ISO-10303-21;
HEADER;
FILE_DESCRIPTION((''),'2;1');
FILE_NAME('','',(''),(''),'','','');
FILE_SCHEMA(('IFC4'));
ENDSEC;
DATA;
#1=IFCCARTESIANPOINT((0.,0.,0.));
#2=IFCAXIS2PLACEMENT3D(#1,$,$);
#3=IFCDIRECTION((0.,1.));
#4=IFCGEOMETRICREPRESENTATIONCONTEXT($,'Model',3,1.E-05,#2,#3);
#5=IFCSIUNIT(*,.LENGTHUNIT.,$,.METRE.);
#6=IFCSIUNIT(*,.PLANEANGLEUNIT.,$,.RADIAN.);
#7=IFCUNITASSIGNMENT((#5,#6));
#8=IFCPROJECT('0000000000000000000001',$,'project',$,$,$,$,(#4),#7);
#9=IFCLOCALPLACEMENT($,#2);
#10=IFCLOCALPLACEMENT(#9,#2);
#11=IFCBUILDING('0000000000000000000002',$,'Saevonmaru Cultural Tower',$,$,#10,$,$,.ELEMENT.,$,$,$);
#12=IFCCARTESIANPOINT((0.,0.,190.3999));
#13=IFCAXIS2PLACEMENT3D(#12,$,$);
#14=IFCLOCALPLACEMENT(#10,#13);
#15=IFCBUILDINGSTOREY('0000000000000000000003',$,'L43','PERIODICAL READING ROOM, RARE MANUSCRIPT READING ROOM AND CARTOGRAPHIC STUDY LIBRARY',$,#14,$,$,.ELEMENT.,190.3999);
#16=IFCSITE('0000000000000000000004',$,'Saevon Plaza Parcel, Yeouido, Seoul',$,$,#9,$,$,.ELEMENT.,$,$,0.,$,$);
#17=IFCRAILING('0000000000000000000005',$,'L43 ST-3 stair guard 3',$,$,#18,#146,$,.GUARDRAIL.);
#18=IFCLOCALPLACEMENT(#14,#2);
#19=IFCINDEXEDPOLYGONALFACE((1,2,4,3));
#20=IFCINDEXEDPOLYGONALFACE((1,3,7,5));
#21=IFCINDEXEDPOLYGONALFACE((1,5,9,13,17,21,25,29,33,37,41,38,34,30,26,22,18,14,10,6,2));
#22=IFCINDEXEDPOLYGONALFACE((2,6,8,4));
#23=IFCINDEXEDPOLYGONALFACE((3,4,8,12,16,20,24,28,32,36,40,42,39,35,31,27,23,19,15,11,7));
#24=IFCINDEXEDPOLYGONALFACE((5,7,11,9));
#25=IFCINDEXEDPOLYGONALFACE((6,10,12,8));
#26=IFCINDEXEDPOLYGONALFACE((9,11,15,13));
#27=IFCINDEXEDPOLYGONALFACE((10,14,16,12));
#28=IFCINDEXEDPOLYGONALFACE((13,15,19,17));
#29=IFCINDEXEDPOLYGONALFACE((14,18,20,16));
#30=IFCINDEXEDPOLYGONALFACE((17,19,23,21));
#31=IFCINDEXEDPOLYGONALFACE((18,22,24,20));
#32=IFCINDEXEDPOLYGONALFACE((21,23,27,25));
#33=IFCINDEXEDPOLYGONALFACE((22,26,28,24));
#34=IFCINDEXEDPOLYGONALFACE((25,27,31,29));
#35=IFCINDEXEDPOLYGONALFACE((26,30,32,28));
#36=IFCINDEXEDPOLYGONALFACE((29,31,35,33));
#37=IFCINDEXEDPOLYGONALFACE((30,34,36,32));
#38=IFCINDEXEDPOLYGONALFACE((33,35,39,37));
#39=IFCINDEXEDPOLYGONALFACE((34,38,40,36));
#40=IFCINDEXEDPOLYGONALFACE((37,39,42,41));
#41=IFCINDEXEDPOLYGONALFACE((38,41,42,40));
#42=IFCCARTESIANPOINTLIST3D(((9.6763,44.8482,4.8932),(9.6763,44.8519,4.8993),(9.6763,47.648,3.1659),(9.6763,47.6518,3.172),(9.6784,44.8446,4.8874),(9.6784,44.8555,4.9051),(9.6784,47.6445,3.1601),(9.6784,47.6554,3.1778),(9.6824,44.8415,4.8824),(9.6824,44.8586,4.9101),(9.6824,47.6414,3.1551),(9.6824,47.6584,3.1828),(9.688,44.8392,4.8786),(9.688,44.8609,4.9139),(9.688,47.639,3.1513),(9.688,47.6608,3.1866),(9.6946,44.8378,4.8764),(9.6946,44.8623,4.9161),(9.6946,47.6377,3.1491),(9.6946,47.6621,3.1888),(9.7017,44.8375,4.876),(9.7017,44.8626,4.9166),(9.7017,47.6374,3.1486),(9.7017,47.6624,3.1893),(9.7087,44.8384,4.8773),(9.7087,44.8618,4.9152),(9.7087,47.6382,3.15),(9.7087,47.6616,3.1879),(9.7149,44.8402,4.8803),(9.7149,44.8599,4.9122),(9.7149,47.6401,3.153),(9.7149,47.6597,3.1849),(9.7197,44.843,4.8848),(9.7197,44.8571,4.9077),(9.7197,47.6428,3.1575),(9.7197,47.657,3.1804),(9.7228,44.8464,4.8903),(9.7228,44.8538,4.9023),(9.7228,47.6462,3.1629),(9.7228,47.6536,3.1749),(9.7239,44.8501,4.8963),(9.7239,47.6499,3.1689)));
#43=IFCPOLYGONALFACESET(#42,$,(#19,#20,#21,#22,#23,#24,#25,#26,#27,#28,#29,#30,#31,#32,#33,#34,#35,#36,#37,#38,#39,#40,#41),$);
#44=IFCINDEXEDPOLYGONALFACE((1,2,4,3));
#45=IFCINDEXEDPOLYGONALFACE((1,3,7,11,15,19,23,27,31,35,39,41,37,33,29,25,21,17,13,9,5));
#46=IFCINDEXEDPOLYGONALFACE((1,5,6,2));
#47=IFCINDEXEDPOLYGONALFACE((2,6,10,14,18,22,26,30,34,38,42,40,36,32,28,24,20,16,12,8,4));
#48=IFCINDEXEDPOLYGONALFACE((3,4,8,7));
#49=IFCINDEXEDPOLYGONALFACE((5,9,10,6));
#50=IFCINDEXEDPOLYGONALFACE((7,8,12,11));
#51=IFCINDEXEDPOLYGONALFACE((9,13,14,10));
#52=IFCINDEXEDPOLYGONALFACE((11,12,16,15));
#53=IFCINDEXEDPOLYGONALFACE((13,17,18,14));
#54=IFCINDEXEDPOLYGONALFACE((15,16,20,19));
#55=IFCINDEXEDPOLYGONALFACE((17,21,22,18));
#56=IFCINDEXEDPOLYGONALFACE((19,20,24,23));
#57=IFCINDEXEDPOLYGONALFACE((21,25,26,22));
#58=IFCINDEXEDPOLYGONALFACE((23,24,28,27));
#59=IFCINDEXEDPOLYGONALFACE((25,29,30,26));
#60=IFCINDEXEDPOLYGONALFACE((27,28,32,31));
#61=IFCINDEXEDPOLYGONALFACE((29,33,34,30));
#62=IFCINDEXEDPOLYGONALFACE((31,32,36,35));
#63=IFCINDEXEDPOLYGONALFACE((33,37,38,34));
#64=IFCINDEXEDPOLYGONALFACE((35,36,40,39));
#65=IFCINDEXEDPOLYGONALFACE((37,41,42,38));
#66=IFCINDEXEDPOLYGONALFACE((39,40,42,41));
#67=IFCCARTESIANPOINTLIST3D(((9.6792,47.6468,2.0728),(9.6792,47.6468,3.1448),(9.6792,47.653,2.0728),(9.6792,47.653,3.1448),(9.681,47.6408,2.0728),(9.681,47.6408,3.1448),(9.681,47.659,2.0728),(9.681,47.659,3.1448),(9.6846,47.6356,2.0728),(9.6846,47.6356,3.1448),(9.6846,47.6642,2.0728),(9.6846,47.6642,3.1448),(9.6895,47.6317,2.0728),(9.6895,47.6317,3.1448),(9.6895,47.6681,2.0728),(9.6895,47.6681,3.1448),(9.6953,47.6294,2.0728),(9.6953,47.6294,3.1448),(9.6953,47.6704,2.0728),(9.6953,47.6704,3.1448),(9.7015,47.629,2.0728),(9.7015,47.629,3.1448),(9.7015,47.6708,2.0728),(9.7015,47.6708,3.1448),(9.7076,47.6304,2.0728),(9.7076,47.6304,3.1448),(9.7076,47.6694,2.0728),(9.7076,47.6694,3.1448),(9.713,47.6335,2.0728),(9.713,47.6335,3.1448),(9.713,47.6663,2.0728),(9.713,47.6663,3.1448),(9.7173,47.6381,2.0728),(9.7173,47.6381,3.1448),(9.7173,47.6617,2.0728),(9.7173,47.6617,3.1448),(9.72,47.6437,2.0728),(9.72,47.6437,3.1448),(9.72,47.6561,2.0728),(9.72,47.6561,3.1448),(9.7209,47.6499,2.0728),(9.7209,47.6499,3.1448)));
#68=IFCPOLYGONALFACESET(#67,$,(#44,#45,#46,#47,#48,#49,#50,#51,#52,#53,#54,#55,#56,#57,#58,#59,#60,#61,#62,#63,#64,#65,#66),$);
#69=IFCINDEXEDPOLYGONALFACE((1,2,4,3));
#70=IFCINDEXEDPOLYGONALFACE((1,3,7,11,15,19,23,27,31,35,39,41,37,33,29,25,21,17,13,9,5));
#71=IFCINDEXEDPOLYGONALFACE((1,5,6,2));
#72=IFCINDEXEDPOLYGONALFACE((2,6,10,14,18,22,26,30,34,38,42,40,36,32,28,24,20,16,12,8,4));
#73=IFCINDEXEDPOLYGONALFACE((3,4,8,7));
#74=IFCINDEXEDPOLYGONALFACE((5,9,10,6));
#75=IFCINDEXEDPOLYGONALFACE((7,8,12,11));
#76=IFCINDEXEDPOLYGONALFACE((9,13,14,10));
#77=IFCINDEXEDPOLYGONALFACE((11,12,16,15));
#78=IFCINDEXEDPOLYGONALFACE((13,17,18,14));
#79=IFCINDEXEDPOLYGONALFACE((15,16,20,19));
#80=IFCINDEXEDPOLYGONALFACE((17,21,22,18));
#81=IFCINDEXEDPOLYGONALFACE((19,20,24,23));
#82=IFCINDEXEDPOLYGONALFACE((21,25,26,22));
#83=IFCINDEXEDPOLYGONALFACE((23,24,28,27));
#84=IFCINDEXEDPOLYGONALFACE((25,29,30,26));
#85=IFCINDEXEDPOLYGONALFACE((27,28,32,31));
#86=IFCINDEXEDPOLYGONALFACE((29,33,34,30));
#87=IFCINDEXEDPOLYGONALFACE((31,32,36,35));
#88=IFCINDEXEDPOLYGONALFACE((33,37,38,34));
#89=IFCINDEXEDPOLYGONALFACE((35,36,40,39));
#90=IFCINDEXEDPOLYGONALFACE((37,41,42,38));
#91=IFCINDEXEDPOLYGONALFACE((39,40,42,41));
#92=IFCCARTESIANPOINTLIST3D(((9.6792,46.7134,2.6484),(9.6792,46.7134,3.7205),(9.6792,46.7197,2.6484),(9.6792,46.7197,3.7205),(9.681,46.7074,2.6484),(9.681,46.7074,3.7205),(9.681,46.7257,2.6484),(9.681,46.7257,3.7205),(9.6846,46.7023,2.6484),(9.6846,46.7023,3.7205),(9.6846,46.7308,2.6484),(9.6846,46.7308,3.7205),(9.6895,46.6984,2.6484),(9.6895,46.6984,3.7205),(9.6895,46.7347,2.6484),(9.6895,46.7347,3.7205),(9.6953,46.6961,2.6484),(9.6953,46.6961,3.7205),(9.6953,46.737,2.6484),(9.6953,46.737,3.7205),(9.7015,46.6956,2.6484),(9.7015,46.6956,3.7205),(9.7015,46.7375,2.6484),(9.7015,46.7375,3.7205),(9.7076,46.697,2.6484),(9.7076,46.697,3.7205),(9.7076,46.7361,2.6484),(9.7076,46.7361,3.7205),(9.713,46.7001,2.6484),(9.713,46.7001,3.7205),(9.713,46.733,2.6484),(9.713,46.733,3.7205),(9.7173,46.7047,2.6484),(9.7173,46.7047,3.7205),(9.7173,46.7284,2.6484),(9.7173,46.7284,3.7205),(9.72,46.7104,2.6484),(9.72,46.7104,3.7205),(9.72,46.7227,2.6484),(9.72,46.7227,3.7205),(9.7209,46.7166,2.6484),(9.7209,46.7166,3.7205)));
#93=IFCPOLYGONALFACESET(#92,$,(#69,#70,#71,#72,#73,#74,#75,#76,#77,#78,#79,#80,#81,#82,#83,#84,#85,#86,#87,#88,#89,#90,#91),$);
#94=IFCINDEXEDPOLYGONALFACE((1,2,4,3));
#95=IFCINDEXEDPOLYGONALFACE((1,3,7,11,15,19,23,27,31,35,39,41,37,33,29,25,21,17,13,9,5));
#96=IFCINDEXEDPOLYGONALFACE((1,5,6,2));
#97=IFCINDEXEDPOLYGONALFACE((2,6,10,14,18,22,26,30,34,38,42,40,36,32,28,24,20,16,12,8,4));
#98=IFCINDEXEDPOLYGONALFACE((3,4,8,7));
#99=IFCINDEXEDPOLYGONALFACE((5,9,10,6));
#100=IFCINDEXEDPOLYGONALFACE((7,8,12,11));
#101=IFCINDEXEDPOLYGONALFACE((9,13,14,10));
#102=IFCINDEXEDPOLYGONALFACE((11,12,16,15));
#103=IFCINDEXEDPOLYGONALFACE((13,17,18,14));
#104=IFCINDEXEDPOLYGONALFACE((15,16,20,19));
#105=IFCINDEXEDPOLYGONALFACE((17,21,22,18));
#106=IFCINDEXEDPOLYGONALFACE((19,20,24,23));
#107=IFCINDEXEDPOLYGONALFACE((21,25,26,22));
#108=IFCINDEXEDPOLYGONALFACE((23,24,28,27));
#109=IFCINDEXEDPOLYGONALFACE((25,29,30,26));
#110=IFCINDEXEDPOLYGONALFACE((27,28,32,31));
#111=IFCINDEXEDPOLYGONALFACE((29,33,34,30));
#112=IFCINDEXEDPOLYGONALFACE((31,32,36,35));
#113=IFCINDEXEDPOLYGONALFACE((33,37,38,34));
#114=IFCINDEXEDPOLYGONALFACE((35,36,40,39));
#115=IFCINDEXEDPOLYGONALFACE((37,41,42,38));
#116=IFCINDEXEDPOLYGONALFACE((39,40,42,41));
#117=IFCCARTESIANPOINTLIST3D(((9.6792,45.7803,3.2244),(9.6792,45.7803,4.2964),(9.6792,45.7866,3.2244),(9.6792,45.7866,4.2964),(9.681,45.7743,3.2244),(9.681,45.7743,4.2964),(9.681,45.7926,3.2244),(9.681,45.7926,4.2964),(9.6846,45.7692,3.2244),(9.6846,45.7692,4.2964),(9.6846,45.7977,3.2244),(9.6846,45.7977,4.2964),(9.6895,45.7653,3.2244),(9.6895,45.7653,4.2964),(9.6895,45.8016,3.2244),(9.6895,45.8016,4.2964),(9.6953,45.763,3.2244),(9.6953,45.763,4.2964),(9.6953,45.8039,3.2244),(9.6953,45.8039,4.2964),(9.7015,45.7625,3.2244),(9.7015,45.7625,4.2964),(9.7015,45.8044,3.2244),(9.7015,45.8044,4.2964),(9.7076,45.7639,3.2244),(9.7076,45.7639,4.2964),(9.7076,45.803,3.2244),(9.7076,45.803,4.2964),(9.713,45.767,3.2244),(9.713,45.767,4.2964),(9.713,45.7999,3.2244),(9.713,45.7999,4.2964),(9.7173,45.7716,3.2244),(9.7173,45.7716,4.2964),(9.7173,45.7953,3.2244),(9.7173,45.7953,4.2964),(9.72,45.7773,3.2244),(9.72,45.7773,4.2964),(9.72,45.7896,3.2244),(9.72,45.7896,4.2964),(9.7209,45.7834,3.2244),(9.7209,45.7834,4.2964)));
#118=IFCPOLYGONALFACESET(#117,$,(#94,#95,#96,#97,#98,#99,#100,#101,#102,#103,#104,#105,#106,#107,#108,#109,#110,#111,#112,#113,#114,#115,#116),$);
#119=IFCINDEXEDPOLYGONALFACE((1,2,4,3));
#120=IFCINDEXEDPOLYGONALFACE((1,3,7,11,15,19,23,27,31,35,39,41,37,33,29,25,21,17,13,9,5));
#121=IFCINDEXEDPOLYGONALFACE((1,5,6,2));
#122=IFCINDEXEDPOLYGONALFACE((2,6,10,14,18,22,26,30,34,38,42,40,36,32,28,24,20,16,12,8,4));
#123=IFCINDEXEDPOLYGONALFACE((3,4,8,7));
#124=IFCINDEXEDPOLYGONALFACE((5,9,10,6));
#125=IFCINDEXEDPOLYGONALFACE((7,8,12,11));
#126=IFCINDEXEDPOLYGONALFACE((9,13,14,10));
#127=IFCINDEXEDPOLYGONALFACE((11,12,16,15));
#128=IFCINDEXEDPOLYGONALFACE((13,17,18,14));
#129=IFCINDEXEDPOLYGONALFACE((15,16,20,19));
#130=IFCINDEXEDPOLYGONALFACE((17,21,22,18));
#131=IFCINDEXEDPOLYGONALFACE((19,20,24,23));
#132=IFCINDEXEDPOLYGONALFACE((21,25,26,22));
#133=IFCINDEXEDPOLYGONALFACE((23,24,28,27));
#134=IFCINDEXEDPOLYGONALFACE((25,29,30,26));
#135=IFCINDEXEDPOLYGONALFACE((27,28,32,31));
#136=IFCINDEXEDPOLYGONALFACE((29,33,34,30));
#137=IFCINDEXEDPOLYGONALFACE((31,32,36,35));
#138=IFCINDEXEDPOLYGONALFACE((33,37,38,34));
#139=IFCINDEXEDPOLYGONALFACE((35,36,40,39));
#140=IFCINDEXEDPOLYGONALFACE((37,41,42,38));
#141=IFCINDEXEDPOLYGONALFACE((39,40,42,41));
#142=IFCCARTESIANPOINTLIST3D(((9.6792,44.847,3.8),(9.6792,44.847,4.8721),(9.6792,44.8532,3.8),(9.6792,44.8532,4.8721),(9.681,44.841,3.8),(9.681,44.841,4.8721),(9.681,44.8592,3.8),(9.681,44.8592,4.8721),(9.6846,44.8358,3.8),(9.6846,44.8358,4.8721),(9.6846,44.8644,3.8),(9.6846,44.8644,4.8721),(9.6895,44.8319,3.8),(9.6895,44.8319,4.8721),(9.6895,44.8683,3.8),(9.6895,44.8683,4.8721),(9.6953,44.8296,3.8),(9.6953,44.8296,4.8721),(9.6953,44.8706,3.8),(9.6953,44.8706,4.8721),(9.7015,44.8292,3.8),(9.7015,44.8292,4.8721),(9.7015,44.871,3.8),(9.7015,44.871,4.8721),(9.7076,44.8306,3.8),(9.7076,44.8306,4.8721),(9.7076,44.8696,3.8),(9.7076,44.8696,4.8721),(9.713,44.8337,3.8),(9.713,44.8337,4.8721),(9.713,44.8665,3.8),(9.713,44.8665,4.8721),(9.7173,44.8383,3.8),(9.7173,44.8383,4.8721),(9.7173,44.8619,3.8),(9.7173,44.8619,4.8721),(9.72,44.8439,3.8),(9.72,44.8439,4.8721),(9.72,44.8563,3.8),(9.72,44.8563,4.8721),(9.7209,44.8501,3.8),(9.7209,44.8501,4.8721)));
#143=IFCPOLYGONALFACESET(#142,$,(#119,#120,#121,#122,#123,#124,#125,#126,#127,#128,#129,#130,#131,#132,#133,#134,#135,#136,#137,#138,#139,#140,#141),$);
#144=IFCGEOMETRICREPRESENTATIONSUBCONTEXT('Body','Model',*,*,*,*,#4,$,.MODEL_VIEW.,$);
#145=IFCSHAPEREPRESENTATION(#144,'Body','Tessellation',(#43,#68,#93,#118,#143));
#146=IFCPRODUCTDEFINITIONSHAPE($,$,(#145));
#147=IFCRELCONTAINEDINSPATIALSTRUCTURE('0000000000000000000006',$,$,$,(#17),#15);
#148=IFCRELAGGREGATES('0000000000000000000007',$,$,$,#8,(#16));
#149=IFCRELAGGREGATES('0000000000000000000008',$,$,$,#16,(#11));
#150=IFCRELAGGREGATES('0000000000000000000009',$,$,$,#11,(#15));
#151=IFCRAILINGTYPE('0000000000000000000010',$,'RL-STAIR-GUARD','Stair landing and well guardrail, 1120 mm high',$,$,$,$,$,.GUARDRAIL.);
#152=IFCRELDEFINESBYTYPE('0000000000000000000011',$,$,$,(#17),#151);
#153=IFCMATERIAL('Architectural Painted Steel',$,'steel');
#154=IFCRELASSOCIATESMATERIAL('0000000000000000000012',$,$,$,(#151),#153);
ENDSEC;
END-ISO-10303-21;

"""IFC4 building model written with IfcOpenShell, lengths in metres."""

from ifc_helpers import new_model, si_unit, direction, frame, origin, origin_2d, place, context, subcontext, project, spatial, circle, extrude, material, type_object, element, save


model = new_model("IFC4")

# Units and contexts
model_context = context("Model", 3, precision=1e-05, world=origin(), true_north=direction((0.0, 1.0)))
body_context = subcontext(model_context, "Body", "Model", "MODEL_VIEW")
ifc_project = project(units=[si_unit("LENGTHUNIT", "METRE"), si_unit("PLANEANGLEUNIT", "RADIAN")], contexts=[model_context])

# Site, building, storey
site_placement = place(None, origin())
site = spatial("IfcSite", under=ifc_project, at=site_placement, Name="Saevon Plaza Parcel, Yeouido, Seoul", CompositionType="ELEMENT", RefElevation=0.0)
building_placement = place(site_placement, origin())
building = spatial("IfcBuilding", under=site, at=building_placement, Name="Saevonmaru Cultural Tower", CompositionType="ELEMENT")
storey_placement = place(building_placement, frame((0.0, 0.0, 190.3999)))
storey = spatial("IfcBuildingStorey", under=building, at=storey_placement, Name="L43", Description="PERIODICAL READING ROOM, RARE MANUSCRIPT READING ROOM AND CARTOGRAPHIC STUDY LIBRARY", CompositionType="ELEMENT", Elevation=190.3999)

# Railing
ifc_material_1 = material(Name="Architectural Painted Steel", Category="steel")
railing_type_1 = type_object("IfcRailingType", Name="RL-STAIR-GUARD", Description="Stair landing and well guardrail, 1120 mm high", PredefinedType="GUARDRAIL", material=ifc_material_1)
railing_1_placement = place(storey_placement, frame((9.7, 47.6499, 2.0728)))
element("IfcRailing", 1, at=railing_1_placement, inside=storey, type_object=railing_type_1, Name="L43 ST-3 stair guard 3", PredefinedType="GUARDRAIL", context=body_context, shape_type="SweptSolid", body=[
    extrude(circle(Radius=0.0239, at=origin_2d()), frame((0.0, 0.0, 1.0962), z_axis=(0.0, -0.851069, 0.525054), x_axis=(1.0, 0.0, 0.0)), (0.0, 0.0, 1.0), 3.2898),
    extrude(circle(Radius=0.021, at=origin_2d()), origin(), (0.0, 0.0, 1.0), 1.072),
    extrude(circle(Radius=0.021, at=origin_2d()), frame((0.0, -0.9333, 0.5757)), (0.0, 0.0, 1.0), 1.072),
    extrude(circle(Radius=0.021, at=origin_2d()), frame((0.0, -1.8665, 1.1516)), (0.0, 0.0, 1.0), 1.072),
    extrude(circle(Radius=0.021, at=origin_2d()), frame((0.0, -2.7998, 1.7273)), (0.0, 0.0, 1.0), 1.072),
])

save(model, "model.ifc")
